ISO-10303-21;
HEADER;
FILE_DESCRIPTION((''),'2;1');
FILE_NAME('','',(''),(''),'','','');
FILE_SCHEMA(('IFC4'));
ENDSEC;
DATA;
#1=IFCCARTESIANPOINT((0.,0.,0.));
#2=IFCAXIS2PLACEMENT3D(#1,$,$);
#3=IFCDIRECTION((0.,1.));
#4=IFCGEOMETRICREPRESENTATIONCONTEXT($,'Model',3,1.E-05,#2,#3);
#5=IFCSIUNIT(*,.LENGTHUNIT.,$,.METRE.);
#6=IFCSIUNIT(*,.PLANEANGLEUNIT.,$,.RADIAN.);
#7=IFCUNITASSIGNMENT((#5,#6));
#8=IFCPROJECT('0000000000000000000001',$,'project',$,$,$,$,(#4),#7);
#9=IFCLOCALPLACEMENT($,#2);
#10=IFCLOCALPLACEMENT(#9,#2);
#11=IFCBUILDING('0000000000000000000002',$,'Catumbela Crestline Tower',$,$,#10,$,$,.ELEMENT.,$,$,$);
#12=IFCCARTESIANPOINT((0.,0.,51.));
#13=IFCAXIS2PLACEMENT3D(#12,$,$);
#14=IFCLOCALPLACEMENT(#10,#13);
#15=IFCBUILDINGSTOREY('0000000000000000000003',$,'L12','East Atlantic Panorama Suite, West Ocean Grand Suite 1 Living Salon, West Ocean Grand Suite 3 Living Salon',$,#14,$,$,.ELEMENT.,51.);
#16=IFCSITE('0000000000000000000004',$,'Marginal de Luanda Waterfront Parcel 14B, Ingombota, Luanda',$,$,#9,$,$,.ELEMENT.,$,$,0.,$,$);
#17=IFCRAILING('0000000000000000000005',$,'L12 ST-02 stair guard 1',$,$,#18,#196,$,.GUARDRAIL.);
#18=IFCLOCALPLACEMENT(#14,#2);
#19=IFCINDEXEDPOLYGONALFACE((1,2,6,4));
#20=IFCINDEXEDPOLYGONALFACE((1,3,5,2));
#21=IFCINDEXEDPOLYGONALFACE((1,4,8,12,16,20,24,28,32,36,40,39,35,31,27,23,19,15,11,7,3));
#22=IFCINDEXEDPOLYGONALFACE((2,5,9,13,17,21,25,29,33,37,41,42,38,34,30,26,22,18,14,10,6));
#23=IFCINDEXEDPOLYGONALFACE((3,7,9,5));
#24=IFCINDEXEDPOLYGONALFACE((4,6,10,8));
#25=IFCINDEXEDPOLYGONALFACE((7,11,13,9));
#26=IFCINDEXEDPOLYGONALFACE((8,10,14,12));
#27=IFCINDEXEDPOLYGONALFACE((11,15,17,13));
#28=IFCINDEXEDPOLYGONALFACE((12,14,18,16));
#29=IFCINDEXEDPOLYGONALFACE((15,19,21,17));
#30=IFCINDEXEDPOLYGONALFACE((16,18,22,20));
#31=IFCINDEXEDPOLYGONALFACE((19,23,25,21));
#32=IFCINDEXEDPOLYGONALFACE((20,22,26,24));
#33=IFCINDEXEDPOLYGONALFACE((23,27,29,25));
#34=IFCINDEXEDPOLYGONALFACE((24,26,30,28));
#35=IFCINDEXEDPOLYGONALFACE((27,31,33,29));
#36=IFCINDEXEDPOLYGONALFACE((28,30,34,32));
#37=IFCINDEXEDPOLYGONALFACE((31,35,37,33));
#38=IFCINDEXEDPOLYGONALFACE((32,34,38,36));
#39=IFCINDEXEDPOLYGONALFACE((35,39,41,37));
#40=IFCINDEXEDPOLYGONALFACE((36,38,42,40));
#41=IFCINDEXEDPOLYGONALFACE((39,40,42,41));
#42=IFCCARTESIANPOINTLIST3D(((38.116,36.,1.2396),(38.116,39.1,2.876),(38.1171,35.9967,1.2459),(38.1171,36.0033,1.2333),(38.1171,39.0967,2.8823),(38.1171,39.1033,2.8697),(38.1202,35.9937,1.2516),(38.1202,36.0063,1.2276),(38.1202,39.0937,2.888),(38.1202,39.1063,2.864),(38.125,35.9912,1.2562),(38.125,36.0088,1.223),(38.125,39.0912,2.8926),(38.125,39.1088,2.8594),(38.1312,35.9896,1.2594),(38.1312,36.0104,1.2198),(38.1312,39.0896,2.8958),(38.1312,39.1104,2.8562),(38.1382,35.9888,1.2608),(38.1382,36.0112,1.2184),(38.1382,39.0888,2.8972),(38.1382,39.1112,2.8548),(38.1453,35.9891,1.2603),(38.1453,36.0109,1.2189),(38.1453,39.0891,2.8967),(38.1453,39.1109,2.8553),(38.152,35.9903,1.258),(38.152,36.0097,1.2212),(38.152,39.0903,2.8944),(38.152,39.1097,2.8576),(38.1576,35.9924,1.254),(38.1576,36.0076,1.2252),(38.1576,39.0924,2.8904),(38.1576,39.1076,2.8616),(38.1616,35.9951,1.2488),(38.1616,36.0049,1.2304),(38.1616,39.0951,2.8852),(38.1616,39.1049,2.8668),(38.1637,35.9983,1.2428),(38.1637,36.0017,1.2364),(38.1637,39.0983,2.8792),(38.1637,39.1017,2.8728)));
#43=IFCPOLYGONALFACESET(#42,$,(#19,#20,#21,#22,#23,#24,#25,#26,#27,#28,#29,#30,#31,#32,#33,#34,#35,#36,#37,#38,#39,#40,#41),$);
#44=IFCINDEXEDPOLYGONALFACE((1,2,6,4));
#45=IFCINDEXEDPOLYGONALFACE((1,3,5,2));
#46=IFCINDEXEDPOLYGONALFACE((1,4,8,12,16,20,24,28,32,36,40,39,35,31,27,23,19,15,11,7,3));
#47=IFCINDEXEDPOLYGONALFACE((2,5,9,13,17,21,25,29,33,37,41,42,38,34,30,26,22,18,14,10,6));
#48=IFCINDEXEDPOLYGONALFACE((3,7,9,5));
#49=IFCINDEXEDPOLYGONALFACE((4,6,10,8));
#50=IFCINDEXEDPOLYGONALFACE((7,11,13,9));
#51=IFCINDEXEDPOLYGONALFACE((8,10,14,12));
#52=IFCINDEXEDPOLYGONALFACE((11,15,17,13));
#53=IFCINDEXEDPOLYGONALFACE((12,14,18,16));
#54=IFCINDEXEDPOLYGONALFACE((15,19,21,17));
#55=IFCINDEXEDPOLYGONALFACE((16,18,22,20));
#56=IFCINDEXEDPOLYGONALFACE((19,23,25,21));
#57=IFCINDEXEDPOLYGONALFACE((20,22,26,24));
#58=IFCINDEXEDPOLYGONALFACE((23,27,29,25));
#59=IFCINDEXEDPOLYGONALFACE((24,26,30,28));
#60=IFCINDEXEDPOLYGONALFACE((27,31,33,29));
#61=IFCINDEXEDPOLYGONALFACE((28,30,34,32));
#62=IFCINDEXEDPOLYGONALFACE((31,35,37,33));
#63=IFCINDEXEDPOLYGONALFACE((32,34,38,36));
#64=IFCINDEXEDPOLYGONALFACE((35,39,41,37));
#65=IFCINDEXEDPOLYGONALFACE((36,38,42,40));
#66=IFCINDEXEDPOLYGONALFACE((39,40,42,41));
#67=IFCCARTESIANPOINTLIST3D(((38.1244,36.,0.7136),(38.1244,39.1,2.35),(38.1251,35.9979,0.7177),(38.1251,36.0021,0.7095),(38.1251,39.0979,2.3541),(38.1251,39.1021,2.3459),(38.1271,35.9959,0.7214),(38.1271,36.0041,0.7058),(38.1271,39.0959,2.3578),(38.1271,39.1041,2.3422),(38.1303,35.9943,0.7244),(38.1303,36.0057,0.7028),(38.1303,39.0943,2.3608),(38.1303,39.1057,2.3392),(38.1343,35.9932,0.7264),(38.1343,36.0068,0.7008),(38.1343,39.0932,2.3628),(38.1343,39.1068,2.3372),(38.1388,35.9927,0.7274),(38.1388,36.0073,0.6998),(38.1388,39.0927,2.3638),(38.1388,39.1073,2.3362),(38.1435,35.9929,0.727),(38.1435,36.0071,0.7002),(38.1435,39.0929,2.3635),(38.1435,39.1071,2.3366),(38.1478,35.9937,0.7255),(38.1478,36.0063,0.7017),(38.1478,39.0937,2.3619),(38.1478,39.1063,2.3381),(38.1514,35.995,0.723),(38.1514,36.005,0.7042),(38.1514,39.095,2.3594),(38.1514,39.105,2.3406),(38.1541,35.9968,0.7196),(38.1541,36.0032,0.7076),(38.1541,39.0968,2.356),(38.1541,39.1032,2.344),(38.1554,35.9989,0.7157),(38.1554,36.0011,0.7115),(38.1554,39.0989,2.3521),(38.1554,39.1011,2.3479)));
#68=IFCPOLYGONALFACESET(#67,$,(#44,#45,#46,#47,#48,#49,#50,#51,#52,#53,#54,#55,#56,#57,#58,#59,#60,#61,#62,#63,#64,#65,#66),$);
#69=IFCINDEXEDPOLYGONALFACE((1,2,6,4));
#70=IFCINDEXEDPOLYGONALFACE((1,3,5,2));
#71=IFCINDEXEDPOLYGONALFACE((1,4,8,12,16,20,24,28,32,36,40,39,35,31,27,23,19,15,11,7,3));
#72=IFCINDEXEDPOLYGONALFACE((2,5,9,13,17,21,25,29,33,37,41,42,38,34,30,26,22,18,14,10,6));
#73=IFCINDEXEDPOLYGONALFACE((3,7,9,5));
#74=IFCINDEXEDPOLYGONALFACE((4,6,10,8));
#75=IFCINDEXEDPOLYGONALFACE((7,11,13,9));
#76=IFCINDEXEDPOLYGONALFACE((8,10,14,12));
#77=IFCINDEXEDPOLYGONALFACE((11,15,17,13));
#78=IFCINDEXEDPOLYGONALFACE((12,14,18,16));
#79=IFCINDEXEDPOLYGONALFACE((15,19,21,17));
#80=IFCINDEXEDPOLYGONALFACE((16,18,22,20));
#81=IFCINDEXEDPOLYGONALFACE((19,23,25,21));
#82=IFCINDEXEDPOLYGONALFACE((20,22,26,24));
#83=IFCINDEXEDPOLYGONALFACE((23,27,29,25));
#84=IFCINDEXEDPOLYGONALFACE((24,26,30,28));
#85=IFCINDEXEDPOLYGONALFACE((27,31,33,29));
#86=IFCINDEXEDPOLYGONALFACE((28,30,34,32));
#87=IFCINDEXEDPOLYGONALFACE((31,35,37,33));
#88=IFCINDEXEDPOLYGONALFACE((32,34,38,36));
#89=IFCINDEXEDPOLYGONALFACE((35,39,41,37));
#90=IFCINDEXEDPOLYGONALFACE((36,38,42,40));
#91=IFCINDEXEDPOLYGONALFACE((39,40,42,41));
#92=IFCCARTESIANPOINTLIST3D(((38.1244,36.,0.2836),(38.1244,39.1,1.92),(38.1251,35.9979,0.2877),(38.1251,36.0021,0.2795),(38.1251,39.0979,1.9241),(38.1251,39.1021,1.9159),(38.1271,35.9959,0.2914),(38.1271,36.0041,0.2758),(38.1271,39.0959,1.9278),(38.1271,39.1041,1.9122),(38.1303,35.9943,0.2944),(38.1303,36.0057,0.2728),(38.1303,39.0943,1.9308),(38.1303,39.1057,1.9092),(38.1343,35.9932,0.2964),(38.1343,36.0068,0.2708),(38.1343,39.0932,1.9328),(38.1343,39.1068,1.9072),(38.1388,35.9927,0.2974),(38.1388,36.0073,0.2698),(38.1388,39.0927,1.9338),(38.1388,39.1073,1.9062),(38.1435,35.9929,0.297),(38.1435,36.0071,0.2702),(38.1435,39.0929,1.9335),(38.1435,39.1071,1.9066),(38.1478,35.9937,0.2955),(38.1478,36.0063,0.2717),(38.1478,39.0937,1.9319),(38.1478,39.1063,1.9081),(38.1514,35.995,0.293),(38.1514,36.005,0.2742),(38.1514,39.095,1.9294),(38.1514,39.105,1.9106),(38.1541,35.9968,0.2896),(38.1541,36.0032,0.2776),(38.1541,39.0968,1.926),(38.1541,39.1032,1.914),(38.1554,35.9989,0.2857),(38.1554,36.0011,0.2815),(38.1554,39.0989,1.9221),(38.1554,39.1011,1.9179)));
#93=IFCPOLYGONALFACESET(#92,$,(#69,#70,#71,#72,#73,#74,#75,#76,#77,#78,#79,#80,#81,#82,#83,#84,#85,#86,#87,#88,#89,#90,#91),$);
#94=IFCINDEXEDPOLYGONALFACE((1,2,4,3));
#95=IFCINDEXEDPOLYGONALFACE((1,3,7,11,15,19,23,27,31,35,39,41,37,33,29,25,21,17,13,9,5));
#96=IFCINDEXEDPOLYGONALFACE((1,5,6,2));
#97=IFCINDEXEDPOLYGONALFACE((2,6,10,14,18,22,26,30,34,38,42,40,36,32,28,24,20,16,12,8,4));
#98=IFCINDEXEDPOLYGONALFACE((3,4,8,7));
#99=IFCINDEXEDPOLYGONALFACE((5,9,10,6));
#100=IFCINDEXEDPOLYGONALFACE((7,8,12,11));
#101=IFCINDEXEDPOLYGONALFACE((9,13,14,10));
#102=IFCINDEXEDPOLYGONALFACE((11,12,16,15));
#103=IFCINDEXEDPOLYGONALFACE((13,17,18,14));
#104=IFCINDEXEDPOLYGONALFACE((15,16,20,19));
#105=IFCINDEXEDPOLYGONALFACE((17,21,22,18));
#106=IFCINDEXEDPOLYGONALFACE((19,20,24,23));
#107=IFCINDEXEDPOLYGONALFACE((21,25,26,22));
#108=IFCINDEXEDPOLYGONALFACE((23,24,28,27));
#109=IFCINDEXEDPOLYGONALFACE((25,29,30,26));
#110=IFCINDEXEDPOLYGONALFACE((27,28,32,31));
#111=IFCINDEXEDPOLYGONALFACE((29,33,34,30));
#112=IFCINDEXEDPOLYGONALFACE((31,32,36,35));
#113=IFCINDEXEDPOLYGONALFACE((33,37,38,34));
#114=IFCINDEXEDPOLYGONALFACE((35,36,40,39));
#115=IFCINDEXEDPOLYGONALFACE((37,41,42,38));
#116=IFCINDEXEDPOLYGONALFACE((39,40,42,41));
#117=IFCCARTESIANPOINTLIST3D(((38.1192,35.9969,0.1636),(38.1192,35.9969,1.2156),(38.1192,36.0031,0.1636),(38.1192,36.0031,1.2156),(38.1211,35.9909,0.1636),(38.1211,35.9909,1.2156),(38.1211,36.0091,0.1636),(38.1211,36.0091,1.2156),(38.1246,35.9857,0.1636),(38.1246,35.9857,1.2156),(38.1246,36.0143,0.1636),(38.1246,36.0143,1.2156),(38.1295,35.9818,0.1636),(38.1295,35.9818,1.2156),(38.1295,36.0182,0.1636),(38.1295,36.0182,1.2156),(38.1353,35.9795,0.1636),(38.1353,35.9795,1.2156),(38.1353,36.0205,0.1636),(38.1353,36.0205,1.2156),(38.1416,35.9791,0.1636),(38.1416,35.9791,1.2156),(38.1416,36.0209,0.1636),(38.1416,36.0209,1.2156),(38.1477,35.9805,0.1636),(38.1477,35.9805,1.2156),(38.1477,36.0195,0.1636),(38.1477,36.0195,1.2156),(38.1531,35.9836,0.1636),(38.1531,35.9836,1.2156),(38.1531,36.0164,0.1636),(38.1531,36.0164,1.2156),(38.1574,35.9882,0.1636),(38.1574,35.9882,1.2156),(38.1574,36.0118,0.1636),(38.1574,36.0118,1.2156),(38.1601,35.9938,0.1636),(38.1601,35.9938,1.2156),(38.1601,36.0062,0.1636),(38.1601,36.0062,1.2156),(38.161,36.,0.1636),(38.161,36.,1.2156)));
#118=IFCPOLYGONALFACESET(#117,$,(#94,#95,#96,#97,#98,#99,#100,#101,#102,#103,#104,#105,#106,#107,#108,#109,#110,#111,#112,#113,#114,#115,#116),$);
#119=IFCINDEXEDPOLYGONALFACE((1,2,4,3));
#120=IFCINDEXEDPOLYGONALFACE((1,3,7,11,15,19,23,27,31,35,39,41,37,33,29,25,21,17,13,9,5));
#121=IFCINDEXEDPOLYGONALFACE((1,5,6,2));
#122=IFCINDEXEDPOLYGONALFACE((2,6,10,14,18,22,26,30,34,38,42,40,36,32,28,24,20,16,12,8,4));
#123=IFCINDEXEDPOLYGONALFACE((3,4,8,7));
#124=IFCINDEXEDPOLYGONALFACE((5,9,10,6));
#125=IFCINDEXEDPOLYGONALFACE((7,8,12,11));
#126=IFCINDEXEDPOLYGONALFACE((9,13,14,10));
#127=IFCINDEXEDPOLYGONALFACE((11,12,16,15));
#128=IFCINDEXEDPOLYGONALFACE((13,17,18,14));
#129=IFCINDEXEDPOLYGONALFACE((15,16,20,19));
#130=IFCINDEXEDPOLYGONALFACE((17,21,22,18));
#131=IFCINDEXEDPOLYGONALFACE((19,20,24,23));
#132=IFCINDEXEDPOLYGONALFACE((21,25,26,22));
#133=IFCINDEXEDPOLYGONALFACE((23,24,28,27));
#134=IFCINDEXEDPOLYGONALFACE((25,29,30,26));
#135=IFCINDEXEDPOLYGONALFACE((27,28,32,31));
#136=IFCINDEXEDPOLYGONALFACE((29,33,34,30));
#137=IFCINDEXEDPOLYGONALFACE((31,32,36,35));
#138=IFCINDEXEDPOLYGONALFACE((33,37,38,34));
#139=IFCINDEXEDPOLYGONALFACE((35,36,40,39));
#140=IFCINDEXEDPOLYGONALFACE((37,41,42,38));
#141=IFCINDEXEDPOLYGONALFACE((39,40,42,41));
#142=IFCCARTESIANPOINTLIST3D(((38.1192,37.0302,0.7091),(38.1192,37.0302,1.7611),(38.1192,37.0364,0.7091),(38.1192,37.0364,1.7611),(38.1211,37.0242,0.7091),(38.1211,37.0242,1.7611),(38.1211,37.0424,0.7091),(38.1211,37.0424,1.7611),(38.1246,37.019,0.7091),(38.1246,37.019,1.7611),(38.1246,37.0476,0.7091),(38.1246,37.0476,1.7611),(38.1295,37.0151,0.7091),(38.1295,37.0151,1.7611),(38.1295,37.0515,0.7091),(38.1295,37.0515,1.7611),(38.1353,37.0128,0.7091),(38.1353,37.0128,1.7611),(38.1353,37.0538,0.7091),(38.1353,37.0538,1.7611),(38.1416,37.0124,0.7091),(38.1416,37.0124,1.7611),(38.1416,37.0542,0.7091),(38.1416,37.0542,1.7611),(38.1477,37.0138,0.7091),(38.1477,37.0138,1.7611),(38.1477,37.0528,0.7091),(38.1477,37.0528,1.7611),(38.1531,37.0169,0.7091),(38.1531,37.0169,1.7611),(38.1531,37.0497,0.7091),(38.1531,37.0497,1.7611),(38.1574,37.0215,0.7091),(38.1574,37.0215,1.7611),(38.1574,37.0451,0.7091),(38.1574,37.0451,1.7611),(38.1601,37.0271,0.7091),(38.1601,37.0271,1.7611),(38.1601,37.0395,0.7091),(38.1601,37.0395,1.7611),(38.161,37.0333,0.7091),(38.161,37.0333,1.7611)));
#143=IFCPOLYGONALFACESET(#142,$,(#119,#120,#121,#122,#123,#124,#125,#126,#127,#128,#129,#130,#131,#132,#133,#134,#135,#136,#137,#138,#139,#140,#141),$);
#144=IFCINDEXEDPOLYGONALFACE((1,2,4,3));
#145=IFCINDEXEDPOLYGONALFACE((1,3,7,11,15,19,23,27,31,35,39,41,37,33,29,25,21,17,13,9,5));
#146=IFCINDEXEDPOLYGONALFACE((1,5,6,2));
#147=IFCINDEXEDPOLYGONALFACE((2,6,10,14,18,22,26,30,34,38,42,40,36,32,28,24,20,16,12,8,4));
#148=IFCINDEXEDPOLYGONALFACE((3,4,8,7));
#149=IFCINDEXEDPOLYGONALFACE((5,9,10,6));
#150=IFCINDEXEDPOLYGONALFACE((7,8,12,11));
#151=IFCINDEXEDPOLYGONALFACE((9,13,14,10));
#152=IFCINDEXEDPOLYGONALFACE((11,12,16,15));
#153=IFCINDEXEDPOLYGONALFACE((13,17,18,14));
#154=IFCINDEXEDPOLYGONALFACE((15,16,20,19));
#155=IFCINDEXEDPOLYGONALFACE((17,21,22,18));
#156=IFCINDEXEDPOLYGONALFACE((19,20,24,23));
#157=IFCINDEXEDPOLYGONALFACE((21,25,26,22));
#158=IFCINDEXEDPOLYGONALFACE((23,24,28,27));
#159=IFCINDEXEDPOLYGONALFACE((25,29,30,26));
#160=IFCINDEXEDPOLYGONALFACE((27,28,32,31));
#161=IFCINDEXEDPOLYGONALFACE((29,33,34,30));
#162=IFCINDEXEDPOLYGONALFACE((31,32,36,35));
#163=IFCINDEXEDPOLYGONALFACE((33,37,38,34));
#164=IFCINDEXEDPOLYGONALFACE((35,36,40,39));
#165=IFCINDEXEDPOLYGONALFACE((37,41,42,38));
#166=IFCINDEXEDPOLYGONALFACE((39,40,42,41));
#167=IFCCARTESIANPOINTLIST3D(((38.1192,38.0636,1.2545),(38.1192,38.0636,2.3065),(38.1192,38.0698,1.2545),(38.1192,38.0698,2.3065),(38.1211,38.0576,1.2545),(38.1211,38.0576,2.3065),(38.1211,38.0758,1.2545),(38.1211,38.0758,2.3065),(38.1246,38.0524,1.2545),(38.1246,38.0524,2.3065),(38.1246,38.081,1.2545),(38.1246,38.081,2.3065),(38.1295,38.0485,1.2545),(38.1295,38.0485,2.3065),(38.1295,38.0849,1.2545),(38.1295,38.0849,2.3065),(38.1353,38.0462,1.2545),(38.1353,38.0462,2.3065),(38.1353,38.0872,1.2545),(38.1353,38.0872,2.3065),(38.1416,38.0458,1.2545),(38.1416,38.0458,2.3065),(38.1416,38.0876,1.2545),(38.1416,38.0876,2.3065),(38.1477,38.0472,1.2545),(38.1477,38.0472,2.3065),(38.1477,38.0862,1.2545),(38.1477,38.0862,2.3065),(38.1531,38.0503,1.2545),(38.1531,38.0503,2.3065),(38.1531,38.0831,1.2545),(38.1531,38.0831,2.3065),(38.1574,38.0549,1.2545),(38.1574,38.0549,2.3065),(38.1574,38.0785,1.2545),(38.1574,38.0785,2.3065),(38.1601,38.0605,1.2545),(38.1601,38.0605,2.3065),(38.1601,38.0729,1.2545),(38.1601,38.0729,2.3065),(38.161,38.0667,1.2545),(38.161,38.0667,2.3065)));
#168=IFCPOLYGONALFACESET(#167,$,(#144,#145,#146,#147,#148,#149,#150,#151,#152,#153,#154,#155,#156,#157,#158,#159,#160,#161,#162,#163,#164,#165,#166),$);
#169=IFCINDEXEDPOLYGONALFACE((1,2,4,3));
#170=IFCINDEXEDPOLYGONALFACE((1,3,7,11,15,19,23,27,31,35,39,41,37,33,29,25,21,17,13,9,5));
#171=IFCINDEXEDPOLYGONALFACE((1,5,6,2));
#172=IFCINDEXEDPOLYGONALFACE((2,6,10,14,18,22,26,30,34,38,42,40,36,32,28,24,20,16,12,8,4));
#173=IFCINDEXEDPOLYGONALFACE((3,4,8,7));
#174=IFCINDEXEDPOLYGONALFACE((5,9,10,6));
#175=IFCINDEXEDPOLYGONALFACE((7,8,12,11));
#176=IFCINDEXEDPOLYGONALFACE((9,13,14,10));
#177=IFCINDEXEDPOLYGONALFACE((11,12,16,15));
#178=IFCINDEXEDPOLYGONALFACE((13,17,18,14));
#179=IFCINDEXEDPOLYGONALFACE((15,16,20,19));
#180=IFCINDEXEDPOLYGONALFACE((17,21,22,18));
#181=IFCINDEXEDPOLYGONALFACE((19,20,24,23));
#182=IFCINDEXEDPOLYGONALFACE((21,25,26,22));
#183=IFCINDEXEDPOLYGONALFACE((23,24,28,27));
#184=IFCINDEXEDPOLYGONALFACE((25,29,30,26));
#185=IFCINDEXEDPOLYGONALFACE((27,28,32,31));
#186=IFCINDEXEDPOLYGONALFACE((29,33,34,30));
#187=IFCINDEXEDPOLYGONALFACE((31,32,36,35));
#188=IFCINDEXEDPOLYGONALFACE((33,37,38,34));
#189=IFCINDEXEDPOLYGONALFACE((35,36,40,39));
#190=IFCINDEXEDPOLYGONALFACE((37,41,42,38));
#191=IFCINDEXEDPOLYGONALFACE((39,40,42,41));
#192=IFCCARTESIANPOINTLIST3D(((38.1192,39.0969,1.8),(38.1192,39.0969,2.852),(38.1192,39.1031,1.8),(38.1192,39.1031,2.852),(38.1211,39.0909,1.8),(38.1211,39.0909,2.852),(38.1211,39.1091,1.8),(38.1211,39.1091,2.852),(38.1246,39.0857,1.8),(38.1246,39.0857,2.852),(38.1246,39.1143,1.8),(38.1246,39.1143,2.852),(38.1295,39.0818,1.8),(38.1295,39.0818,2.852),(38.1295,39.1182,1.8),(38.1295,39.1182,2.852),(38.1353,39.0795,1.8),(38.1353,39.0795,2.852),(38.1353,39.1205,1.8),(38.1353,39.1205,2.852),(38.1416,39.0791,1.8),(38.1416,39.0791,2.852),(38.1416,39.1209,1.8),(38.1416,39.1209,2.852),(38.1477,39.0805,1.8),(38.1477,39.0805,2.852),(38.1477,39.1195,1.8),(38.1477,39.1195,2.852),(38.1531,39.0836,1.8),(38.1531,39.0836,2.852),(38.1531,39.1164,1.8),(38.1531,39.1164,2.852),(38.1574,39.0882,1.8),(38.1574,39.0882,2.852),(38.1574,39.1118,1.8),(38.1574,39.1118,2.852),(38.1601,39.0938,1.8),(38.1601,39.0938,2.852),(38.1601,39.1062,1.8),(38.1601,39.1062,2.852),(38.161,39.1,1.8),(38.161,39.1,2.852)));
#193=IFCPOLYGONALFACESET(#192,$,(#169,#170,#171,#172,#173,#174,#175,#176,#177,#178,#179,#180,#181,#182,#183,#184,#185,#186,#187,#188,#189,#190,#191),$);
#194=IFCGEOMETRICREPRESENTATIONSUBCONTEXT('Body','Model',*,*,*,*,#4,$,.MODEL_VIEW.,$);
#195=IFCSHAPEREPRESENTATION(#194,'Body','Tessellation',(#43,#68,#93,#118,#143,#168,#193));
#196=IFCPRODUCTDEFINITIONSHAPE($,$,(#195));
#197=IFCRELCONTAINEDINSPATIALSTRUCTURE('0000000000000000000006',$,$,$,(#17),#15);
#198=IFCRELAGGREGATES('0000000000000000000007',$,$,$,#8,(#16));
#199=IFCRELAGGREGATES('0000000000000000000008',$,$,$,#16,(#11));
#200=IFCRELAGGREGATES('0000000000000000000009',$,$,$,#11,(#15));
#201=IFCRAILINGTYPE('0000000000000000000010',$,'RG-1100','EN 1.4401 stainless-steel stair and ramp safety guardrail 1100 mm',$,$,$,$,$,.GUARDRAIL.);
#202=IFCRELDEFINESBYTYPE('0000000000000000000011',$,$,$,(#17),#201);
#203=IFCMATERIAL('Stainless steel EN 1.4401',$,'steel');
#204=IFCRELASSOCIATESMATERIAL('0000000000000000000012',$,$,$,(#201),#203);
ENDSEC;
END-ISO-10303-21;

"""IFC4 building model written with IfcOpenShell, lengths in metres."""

from ifc_helpers import new_model, si_unit, direction, frame, origin, origin_2d, place, context, subcontext, project, spatial, circle, extrude, material, type_object, element, save


model = new_model("IFC4")

# Units and contexts
model_context = context("Model", 3, precision=1e-05, world=origin(), true_north=direction((0.0, 1.0)))
body_context = subcontext(model_context, "Body", "Model", "MODEL_VIEW")
ifc_project = project(units=[si_unit("LENGTHUNIT", "METRE"), si_unit("PLANEANGLEUNIT", "RADIAN")], contexts=[model_context])

# Site, building, storey
site_placement = place(None, origin())
site = spatial("IfcSite", under=ifc_project, at=site_placement, Name="Marginal de Luanda Waterfront Parcel 14B, Ingombota, Luanda", CompositionType="ELEMENT", RefElevation=0.0)
building_placement = place(site_placement, origin())
building = spatial("IfcBuilding", under=site, at=building_placement, Name="Catumbela Crestline Tower", CompositionType="ELEMENT")
storey_placement = place(building_placement, frame((0.0, 0.0, 51.0)))
storey = spatial("IfcBuildingStorey", under=building, at=storey_placement, Name="L12", Description="East Atlantic Panorama Suite, West Ocean Grand Suite 1 Living Salon, West Ocean Grand Suite 3 Living Salon", CompositionType="ELEMENT", Elevation=51.0)

# Shared definitions
ifc_material_1 = material(Name="Stainless steel EN 1.4401", Category="steel")

# Railing
railing_type_1 = type_object("IfcRailingType", Name="RG-1100", Description="EN 1.4401 stainless-steel stair and ramp safety guardrail 1100 mm", PredefinedType="GUARDRAIL", material=ifc_material_1)
railing_1_placement = place(storey_placement, frame((38.14, 36.0, 0.1636)))
element("IfcRailing", 1, at=railing_1_placement, inside=storey, type_object=railing_type_1, Name="L12 ST-02 stair guard 1", PredefinedType="GUARDRAIL", context=body_context, shape_type="SweptSolid", body=[
    extrude(circle(Radius=0.024, at=origin_2d()), frame((0.0, 0.0, 1.076), z_axis=(0.0, 0.884351, 0.466823), x_axis=(-1.0, 0.0, 0.0)), (0.0, 0.0, 1.0), 3.5054),
    extrude(circle(Radius=0.0156, at=origin_2d()), frame((0.0, 0.0, 0.55), z_axis=(0.0, 0.884351, 0.466823), x_axis=(-1.0, 0.0, 0.0)), (0.0, 0.0, 1.0), 3.5054),
    extrude(circle(Radius=0.0156, at=origin_2d()), frame((0.0, 0.0, 0.12), z_axis=(0.0, 0.884351, 0.466823), x_axis=(-1.0, 0.0, 0.0)), (0.0, 0.0, 1.0), 3.5054),
    extrude(circle(Radius=0.021, at=origin_2d()), origin(), (0.0, 0.0, 1.0), 1.052),
    extrude(circle(Radius=0.021, at=origin_2d()), frame((0.0, 1.0333, 0.5455)), (0.0, 0.0, 1.0), 1.052),
    extrude(circle(Radius=0.021, at=origin_2d()), frame((0.0, 2.0667, 1.0909)), (0.0, 0.0, 1.0), 1.052),
    extrude(circle(Radius=0.021, at=origin_2d()), frame((0.0, 3.1, 1.6364)), (0.0, 0.0, 1.0), 1.052),
])

save(model, "model.ifc")
